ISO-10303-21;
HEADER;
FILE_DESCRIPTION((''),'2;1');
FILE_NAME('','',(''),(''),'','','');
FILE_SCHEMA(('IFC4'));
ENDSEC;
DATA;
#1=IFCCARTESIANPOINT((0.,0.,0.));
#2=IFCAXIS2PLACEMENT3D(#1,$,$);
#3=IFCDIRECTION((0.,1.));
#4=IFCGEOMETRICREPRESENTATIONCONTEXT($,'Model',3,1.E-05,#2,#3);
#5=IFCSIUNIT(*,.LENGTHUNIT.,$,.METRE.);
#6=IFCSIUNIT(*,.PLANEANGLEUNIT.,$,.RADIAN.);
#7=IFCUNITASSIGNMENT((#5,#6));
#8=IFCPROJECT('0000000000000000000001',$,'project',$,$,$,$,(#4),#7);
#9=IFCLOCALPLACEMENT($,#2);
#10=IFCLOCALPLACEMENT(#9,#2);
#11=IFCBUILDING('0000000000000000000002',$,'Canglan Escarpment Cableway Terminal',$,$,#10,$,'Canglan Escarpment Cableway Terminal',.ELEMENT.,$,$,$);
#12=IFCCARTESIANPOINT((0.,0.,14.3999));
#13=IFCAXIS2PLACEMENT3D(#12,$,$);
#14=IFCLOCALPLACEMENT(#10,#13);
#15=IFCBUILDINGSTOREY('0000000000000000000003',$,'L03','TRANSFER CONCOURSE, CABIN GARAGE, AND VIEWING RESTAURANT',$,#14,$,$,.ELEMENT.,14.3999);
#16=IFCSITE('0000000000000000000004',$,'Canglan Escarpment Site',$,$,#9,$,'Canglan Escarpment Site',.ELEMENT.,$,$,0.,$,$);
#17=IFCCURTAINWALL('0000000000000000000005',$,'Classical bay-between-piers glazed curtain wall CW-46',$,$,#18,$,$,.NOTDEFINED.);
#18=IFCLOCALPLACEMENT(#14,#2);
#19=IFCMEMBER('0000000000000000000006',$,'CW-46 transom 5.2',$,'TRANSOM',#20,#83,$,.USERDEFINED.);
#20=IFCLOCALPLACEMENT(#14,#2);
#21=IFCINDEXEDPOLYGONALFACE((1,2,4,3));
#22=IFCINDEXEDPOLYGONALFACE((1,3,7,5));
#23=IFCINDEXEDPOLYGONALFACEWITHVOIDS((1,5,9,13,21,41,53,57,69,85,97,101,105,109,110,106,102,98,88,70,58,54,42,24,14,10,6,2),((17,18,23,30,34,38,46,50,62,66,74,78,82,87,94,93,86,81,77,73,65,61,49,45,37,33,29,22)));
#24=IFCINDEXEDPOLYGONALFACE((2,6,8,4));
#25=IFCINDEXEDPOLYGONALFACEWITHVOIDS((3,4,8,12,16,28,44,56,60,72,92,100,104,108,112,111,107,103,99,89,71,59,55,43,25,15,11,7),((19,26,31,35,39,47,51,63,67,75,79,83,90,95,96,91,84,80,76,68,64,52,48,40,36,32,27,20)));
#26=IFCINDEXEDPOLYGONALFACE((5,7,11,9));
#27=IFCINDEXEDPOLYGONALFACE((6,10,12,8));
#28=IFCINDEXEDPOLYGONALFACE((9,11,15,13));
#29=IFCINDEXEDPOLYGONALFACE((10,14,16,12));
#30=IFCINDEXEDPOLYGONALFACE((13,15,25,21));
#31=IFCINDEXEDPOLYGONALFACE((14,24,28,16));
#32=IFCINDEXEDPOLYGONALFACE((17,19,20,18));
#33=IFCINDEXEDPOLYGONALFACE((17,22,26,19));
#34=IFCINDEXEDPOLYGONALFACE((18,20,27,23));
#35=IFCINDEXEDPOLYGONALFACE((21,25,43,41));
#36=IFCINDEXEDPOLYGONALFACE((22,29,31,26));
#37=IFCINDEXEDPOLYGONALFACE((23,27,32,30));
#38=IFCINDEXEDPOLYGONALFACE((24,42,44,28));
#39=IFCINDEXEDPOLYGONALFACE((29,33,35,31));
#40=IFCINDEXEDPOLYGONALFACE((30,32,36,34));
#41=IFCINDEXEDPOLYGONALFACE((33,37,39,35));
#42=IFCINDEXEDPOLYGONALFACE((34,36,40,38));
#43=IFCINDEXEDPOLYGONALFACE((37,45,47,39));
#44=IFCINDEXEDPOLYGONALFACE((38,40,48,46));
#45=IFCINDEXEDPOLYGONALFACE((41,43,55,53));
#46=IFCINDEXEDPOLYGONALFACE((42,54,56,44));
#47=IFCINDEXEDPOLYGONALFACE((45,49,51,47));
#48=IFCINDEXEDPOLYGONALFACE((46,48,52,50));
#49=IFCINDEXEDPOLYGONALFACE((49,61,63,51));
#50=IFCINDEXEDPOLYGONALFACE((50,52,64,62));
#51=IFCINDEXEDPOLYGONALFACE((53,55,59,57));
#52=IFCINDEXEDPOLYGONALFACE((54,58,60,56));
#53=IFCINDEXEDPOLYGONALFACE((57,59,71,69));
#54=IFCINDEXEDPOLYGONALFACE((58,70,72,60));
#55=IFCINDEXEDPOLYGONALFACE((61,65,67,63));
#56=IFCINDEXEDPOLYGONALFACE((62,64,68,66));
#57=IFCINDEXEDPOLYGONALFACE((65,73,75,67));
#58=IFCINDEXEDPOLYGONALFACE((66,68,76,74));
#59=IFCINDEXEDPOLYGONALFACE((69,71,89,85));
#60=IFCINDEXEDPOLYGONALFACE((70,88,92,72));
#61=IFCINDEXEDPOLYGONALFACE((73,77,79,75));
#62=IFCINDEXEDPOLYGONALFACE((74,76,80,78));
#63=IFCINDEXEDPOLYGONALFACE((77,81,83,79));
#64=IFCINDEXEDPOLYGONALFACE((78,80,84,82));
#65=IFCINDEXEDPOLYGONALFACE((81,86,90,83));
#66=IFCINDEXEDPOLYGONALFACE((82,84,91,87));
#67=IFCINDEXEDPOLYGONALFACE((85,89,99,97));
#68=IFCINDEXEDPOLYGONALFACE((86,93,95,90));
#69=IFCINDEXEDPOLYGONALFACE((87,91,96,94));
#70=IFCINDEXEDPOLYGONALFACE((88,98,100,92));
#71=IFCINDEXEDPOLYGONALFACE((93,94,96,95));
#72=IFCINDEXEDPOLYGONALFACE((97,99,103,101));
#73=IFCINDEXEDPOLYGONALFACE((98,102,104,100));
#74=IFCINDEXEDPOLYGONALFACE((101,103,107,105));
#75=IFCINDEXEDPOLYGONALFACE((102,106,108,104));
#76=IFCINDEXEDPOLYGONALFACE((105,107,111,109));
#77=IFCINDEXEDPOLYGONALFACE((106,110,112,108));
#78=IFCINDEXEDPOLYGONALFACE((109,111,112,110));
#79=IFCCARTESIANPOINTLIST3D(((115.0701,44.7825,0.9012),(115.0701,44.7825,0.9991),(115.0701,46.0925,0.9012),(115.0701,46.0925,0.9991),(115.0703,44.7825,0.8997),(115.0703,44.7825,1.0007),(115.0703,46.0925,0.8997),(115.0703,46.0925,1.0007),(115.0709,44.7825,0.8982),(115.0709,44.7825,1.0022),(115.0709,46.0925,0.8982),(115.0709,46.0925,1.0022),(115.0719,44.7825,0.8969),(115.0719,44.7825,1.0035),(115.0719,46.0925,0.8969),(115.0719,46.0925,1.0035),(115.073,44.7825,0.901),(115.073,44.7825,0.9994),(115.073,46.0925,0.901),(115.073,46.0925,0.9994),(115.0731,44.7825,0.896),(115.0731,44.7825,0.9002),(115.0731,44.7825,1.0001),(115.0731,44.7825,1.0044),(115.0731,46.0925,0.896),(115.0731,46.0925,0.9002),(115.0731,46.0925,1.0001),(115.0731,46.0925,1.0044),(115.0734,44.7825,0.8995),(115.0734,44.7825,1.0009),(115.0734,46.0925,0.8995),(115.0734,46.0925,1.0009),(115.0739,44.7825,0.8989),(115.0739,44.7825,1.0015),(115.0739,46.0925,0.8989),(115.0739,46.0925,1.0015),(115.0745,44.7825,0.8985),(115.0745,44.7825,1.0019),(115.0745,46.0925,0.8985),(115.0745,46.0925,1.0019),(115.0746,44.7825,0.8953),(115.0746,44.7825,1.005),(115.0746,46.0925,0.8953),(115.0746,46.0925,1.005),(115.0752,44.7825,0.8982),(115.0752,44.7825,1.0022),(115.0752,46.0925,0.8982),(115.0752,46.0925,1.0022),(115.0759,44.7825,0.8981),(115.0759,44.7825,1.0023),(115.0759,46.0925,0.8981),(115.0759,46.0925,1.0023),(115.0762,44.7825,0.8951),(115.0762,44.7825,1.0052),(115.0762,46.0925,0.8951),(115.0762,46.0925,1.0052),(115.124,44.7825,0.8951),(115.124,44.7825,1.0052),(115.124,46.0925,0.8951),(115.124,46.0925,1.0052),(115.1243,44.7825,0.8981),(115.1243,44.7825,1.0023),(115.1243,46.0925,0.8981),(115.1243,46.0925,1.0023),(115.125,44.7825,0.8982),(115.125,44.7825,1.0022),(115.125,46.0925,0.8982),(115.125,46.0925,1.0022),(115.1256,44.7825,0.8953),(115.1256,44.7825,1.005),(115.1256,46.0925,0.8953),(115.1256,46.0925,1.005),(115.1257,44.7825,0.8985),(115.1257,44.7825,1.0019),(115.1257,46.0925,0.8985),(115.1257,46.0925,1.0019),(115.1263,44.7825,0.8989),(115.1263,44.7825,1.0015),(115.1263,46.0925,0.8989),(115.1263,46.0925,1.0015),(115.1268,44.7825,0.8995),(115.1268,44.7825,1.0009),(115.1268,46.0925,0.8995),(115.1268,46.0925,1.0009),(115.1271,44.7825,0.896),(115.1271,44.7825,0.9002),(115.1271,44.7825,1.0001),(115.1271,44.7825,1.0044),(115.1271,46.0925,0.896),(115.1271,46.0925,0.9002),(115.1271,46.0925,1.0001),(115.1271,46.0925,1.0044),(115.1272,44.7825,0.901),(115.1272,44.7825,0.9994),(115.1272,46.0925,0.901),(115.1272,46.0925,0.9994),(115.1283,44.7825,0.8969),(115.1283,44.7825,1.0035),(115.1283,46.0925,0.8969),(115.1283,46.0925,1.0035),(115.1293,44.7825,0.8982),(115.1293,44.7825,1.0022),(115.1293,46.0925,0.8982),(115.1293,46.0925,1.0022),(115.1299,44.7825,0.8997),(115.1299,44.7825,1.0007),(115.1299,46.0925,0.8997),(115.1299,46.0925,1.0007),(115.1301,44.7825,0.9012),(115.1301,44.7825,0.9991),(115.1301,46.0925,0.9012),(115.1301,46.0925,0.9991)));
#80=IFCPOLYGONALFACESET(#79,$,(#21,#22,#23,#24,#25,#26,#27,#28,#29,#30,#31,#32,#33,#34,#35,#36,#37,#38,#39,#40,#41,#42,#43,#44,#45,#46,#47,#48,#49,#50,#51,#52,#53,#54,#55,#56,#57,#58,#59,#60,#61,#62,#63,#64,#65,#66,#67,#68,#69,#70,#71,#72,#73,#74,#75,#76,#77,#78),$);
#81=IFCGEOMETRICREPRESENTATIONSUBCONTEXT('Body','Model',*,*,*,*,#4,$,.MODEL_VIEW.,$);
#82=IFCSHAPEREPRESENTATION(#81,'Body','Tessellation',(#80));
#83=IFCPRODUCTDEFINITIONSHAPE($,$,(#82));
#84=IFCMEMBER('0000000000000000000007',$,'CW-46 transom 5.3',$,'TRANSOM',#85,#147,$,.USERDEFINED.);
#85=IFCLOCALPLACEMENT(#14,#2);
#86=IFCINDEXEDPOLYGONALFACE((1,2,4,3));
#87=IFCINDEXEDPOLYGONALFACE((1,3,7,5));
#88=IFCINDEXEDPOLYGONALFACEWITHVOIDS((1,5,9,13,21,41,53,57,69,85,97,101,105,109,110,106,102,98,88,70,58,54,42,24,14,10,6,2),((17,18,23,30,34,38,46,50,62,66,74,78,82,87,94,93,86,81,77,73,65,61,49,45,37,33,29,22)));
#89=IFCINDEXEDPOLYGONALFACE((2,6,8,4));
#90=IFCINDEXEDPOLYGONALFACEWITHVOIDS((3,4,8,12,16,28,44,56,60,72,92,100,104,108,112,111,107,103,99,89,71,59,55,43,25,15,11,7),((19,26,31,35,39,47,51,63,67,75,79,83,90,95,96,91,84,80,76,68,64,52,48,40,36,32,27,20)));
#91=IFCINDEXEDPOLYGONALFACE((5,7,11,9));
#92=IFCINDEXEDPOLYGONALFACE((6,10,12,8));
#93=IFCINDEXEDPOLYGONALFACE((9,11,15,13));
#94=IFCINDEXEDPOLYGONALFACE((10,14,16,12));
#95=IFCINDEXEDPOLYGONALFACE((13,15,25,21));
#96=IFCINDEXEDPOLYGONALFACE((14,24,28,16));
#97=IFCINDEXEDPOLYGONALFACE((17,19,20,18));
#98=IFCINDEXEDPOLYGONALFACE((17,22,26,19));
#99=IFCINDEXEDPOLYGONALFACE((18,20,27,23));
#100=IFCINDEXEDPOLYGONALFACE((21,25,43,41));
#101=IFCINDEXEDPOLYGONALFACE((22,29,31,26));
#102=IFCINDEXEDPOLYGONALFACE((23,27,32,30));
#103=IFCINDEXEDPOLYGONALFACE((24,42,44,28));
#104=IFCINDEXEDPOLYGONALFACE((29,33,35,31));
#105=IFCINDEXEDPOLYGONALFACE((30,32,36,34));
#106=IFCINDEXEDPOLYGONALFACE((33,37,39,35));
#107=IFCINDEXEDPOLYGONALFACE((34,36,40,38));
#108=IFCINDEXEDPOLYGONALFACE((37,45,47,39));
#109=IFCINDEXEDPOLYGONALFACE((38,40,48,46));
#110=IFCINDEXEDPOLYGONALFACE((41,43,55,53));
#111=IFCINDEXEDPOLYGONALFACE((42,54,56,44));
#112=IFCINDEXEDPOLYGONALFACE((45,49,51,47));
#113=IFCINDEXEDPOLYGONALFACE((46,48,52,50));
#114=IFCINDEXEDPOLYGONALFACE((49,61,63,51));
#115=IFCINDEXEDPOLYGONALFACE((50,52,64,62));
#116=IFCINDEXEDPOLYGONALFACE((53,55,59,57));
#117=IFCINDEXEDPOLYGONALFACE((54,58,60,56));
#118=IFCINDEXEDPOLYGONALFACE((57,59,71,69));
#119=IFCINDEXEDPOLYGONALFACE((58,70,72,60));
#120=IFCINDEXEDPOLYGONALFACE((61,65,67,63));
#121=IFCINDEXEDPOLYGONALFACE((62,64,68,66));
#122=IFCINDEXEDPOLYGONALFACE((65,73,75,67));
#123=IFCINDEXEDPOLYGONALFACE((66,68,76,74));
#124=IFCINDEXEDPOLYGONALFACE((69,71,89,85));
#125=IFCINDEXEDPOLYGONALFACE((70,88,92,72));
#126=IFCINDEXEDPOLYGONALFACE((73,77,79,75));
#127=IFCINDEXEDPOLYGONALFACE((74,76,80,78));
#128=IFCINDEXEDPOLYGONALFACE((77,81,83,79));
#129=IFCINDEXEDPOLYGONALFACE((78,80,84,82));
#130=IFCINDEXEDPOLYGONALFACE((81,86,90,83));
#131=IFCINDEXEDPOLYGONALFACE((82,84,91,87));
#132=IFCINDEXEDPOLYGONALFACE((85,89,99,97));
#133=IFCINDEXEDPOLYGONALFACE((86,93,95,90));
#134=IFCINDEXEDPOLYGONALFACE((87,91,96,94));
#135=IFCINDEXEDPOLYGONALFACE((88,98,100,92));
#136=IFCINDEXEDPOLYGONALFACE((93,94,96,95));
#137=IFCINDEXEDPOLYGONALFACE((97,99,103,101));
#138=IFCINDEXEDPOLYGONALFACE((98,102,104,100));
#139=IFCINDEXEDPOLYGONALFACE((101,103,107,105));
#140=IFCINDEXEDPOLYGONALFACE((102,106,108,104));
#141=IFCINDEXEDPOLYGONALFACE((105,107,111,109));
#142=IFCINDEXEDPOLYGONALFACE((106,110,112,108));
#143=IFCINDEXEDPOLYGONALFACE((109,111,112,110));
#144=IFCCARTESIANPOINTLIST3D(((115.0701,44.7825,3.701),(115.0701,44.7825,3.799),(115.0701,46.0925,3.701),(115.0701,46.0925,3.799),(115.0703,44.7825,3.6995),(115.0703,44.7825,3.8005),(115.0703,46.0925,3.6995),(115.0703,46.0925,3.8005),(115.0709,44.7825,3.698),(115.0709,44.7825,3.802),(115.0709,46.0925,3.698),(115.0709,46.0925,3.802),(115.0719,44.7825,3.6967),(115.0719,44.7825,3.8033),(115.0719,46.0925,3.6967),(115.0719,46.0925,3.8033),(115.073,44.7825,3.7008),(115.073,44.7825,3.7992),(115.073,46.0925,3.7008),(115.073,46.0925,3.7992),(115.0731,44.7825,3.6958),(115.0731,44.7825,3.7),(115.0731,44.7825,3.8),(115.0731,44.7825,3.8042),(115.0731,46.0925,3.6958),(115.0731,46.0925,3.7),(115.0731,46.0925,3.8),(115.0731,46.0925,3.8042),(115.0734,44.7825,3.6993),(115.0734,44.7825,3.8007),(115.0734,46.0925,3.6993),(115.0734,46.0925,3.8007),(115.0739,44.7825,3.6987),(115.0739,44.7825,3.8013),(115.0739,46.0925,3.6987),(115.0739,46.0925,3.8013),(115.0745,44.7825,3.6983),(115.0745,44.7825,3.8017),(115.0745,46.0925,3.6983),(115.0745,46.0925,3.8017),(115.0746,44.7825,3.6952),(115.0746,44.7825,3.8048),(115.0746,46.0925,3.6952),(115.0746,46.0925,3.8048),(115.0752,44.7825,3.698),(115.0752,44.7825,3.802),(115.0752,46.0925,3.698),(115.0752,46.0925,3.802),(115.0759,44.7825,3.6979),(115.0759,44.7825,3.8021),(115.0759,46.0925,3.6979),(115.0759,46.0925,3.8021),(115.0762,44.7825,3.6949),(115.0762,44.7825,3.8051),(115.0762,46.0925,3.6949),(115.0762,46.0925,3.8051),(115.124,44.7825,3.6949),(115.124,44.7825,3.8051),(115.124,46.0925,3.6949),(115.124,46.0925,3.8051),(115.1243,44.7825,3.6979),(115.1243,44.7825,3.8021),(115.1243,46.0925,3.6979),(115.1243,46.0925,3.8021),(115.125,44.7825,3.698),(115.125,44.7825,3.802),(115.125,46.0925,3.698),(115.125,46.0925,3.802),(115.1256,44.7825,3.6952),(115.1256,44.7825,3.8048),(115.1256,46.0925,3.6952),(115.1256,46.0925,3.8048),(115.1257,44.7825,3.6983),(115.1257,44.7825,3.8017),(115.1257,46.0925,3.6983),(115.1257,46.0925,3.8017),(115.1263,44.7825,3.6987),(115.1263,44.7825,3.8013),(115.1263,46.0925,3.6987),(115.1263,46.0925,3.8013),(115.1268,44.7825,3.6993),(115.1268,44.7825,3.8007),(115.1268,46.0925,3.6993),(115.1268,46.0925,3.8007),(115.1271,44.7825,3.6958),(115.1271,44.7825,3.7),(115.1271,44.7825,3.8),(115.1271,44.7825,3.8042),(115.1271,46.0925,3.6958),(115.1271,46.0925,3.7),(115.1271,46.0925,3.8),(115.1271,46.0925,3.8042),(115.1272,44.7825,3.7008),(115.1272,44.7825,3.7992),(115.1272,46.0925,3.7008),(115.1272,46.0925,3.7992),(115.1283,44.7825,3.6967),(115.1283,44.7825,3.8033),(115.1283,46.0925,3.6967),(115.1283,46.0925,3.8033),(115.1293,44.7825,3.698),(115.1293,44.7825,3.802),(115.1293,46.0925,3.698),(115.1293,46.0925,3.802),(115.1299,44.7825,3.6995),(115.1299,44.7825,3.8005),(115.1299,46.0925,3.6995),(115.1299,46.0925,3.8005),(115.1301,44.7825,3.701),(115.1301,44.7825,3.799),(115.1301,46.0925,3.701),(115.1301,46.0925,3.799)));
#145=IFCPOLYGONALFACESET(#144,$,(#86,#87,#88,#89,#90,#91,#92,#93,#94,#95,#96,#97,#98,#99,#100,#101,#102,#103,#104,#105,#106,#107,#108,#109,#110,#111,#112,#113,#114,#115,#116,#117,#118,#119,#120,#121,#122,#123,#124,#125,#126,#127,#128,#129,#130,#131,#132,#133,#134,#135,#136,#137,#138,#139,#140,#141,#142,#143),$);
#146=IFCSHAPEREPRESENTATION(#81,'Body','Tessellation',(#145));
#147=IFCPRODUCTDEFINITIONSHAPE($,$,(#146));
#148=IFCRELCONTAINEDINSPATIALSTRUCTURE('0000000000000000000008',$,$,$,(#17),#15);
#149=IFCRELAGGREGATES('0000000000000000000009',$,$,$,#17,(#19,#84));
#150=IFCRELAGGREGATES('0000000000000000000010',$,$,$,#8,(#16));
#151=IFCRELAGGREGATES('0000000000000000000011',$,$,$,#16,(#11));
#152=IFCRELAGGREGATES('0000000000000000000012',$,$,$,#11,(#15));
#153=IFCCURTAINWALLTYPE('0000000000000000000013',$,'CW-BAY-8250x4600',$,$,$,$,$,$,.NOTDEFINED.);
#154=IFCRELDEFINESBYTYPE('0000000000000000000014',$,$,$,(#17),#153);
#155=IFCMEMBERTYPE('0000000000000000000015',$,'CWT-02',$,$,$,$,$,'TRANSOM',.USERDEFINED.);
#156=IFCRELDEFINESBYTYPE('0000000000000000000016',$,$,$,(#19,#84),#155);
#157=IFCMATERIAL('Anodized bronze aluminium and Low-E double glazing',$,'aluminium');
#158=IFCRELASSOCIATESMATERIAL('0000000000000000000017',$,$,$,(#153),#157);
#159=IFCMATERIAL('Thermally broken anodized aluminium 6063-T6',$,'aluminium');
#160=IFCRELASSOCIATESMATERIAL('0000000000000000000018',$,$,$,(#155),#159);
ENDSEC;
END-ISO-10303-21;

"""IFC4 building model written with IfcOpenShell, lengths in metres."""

from ifc_helpers import new_model, si_unit, direction, frame, origin, origin_2d, place, context, subcontext, project, spatial, hollow_rectangle, extrude, material, material_profile, profile_set, type_object, element, aggregate, save


model = new_model("IFC4")

# Units and contexts
model_context = context("Model", 3, precision=1e-05, world=origin(), true_north=direction((0.0, 1.0)))
body_context = subcontext(model_context, "Body", "Model", "MODEL_VIEW")
ifc_project = project(units=[si_unit("LENGTHUNIT", "METRE"), si_unit("PLANEANGLEUNIT", "RADIAN")], contexts=[model_context])

# Site, building, storey
site_placement = place(None, origin())
site = spatial("IfcSite", under=ifc_project, at=site_placement, Name="Canglan Escarpment Site", LongName="Canglan Escarpment Site", CompositionType="ELEMENT", RefElevation=0.0)
building_placement = place(site_placement, origin())
building = spatial("IfcBuilding", under=site, at=building_placement, Name="Canglan Escarpment Cableway Terminal", LongName="Canglan Escarpment Cableway Terminal", CompositionType="ELEMENT")
storey_placement = place(building_placement, frame((0.0, 0.0, 14.3999)))
storey = spatial("IfcBuildingStorey", under=building, at=storey_placement, Name="L03", Description="TRANSFER CONCOURSE, CABIN GARAGE, AND VIEWING RESTAURANT", CompositionType="ELEMENT", Elevation=14.3999)

# Curtain wall, members
ifc_material_1 = material(Name="Anodized bronze aluminium and Low-E double glazing", Category="aluminium")
curtain_wall_type = type_object("IfcCurtainWallType", Name="CW-BAY-8250x4600", PredefinedType="NOTDEFINED", material=ifc_material_1)
curtain_wall_placement = place(storey_placement, origin())
curtain_wall = element("IfcCurtainWall", 1, at=curtain_wall_placement, inside=storey, type_object=curtain_wall_type, Name="Classical bay-between-piers glazed curtain wall CW-46", PredefinedType="NOTDEFINED")
ifc_material_2 = material(Name="Thermally broken anodized aluminium 6063-T6", Category="aluminium")
ifc_material_profile_1 = material_profile(ifc_material_2, hollow_rectangle(XDim=0.0601, YDim=0.1101, WallThickness=0.0029, InnerFilletRadius=0.0029, OuterFilletRadius=0.0061, at=origin_2d()), Name="ALU-TRAN 60x110x3")
ifc_profile_set_1 = profile_set([ifc_material_profile_1], Name="Thermally broken anodized aluminium 6063-T6")
member_type_1 = type_object("IfcMemberType", Name="CWT-02", ElementType="TRANSOM", PredefinedType="USERDEFINED", material=ifc_profile_set_1)
member_1_placement = place(storey_placement, frame((115.1001, 46.0925, 0.9502), z_axis=(0.0, -1.0, 0.0), x_axis=(1.0, 0.0, 0.0)))
member_1 = element("IfcMember", 2, at=member_1_placement, type_object=member_type_1, Name="CW-46 transom 5.2", ObjectType="TRANSOM", PredefinedType="USERDEFINED", context=body_context, shape_type="SweptSolid", body=[
    extrude(hollow_rectangle(XDim=0.0601, YDim=0.1101, WallThickness=0.0029, InnerFilletRadius=0.0029, OuterFilletRadius=0.0061, at=origin_2d()), origin(), (0.0, 0.0, 1.0), 1.3101),
])
member_2_placement = place(storey_placement, frame((115.1001, 46.0925, 3.75), z_axis=(0.0, -1.0, 0.0), x_axis=(1.0, 0.0, 0.0)))
member_2 = element("IfcMember", 3, at=member_2_placement, type_object=member_type_1, Name="CW-46 transom 5.3", ObjectType="TRANSOM", PredefinedType="USERDEFINED", context=body_context, shape_type="SweptSolid", body=[
    extrude(hollow_rectangle(XDim=0.0601, YDim=0.1101, WallThickness=0.0029, InnerFilletRadius=0.0029, OuterFilletRadius=0.0061, at=origin_2d()), origin(), (0.0, 0.0, 1.0), 1.3101),
])
aggregate(curtain_wall, [member_1, member_2])

save(model, "model.ifc")
